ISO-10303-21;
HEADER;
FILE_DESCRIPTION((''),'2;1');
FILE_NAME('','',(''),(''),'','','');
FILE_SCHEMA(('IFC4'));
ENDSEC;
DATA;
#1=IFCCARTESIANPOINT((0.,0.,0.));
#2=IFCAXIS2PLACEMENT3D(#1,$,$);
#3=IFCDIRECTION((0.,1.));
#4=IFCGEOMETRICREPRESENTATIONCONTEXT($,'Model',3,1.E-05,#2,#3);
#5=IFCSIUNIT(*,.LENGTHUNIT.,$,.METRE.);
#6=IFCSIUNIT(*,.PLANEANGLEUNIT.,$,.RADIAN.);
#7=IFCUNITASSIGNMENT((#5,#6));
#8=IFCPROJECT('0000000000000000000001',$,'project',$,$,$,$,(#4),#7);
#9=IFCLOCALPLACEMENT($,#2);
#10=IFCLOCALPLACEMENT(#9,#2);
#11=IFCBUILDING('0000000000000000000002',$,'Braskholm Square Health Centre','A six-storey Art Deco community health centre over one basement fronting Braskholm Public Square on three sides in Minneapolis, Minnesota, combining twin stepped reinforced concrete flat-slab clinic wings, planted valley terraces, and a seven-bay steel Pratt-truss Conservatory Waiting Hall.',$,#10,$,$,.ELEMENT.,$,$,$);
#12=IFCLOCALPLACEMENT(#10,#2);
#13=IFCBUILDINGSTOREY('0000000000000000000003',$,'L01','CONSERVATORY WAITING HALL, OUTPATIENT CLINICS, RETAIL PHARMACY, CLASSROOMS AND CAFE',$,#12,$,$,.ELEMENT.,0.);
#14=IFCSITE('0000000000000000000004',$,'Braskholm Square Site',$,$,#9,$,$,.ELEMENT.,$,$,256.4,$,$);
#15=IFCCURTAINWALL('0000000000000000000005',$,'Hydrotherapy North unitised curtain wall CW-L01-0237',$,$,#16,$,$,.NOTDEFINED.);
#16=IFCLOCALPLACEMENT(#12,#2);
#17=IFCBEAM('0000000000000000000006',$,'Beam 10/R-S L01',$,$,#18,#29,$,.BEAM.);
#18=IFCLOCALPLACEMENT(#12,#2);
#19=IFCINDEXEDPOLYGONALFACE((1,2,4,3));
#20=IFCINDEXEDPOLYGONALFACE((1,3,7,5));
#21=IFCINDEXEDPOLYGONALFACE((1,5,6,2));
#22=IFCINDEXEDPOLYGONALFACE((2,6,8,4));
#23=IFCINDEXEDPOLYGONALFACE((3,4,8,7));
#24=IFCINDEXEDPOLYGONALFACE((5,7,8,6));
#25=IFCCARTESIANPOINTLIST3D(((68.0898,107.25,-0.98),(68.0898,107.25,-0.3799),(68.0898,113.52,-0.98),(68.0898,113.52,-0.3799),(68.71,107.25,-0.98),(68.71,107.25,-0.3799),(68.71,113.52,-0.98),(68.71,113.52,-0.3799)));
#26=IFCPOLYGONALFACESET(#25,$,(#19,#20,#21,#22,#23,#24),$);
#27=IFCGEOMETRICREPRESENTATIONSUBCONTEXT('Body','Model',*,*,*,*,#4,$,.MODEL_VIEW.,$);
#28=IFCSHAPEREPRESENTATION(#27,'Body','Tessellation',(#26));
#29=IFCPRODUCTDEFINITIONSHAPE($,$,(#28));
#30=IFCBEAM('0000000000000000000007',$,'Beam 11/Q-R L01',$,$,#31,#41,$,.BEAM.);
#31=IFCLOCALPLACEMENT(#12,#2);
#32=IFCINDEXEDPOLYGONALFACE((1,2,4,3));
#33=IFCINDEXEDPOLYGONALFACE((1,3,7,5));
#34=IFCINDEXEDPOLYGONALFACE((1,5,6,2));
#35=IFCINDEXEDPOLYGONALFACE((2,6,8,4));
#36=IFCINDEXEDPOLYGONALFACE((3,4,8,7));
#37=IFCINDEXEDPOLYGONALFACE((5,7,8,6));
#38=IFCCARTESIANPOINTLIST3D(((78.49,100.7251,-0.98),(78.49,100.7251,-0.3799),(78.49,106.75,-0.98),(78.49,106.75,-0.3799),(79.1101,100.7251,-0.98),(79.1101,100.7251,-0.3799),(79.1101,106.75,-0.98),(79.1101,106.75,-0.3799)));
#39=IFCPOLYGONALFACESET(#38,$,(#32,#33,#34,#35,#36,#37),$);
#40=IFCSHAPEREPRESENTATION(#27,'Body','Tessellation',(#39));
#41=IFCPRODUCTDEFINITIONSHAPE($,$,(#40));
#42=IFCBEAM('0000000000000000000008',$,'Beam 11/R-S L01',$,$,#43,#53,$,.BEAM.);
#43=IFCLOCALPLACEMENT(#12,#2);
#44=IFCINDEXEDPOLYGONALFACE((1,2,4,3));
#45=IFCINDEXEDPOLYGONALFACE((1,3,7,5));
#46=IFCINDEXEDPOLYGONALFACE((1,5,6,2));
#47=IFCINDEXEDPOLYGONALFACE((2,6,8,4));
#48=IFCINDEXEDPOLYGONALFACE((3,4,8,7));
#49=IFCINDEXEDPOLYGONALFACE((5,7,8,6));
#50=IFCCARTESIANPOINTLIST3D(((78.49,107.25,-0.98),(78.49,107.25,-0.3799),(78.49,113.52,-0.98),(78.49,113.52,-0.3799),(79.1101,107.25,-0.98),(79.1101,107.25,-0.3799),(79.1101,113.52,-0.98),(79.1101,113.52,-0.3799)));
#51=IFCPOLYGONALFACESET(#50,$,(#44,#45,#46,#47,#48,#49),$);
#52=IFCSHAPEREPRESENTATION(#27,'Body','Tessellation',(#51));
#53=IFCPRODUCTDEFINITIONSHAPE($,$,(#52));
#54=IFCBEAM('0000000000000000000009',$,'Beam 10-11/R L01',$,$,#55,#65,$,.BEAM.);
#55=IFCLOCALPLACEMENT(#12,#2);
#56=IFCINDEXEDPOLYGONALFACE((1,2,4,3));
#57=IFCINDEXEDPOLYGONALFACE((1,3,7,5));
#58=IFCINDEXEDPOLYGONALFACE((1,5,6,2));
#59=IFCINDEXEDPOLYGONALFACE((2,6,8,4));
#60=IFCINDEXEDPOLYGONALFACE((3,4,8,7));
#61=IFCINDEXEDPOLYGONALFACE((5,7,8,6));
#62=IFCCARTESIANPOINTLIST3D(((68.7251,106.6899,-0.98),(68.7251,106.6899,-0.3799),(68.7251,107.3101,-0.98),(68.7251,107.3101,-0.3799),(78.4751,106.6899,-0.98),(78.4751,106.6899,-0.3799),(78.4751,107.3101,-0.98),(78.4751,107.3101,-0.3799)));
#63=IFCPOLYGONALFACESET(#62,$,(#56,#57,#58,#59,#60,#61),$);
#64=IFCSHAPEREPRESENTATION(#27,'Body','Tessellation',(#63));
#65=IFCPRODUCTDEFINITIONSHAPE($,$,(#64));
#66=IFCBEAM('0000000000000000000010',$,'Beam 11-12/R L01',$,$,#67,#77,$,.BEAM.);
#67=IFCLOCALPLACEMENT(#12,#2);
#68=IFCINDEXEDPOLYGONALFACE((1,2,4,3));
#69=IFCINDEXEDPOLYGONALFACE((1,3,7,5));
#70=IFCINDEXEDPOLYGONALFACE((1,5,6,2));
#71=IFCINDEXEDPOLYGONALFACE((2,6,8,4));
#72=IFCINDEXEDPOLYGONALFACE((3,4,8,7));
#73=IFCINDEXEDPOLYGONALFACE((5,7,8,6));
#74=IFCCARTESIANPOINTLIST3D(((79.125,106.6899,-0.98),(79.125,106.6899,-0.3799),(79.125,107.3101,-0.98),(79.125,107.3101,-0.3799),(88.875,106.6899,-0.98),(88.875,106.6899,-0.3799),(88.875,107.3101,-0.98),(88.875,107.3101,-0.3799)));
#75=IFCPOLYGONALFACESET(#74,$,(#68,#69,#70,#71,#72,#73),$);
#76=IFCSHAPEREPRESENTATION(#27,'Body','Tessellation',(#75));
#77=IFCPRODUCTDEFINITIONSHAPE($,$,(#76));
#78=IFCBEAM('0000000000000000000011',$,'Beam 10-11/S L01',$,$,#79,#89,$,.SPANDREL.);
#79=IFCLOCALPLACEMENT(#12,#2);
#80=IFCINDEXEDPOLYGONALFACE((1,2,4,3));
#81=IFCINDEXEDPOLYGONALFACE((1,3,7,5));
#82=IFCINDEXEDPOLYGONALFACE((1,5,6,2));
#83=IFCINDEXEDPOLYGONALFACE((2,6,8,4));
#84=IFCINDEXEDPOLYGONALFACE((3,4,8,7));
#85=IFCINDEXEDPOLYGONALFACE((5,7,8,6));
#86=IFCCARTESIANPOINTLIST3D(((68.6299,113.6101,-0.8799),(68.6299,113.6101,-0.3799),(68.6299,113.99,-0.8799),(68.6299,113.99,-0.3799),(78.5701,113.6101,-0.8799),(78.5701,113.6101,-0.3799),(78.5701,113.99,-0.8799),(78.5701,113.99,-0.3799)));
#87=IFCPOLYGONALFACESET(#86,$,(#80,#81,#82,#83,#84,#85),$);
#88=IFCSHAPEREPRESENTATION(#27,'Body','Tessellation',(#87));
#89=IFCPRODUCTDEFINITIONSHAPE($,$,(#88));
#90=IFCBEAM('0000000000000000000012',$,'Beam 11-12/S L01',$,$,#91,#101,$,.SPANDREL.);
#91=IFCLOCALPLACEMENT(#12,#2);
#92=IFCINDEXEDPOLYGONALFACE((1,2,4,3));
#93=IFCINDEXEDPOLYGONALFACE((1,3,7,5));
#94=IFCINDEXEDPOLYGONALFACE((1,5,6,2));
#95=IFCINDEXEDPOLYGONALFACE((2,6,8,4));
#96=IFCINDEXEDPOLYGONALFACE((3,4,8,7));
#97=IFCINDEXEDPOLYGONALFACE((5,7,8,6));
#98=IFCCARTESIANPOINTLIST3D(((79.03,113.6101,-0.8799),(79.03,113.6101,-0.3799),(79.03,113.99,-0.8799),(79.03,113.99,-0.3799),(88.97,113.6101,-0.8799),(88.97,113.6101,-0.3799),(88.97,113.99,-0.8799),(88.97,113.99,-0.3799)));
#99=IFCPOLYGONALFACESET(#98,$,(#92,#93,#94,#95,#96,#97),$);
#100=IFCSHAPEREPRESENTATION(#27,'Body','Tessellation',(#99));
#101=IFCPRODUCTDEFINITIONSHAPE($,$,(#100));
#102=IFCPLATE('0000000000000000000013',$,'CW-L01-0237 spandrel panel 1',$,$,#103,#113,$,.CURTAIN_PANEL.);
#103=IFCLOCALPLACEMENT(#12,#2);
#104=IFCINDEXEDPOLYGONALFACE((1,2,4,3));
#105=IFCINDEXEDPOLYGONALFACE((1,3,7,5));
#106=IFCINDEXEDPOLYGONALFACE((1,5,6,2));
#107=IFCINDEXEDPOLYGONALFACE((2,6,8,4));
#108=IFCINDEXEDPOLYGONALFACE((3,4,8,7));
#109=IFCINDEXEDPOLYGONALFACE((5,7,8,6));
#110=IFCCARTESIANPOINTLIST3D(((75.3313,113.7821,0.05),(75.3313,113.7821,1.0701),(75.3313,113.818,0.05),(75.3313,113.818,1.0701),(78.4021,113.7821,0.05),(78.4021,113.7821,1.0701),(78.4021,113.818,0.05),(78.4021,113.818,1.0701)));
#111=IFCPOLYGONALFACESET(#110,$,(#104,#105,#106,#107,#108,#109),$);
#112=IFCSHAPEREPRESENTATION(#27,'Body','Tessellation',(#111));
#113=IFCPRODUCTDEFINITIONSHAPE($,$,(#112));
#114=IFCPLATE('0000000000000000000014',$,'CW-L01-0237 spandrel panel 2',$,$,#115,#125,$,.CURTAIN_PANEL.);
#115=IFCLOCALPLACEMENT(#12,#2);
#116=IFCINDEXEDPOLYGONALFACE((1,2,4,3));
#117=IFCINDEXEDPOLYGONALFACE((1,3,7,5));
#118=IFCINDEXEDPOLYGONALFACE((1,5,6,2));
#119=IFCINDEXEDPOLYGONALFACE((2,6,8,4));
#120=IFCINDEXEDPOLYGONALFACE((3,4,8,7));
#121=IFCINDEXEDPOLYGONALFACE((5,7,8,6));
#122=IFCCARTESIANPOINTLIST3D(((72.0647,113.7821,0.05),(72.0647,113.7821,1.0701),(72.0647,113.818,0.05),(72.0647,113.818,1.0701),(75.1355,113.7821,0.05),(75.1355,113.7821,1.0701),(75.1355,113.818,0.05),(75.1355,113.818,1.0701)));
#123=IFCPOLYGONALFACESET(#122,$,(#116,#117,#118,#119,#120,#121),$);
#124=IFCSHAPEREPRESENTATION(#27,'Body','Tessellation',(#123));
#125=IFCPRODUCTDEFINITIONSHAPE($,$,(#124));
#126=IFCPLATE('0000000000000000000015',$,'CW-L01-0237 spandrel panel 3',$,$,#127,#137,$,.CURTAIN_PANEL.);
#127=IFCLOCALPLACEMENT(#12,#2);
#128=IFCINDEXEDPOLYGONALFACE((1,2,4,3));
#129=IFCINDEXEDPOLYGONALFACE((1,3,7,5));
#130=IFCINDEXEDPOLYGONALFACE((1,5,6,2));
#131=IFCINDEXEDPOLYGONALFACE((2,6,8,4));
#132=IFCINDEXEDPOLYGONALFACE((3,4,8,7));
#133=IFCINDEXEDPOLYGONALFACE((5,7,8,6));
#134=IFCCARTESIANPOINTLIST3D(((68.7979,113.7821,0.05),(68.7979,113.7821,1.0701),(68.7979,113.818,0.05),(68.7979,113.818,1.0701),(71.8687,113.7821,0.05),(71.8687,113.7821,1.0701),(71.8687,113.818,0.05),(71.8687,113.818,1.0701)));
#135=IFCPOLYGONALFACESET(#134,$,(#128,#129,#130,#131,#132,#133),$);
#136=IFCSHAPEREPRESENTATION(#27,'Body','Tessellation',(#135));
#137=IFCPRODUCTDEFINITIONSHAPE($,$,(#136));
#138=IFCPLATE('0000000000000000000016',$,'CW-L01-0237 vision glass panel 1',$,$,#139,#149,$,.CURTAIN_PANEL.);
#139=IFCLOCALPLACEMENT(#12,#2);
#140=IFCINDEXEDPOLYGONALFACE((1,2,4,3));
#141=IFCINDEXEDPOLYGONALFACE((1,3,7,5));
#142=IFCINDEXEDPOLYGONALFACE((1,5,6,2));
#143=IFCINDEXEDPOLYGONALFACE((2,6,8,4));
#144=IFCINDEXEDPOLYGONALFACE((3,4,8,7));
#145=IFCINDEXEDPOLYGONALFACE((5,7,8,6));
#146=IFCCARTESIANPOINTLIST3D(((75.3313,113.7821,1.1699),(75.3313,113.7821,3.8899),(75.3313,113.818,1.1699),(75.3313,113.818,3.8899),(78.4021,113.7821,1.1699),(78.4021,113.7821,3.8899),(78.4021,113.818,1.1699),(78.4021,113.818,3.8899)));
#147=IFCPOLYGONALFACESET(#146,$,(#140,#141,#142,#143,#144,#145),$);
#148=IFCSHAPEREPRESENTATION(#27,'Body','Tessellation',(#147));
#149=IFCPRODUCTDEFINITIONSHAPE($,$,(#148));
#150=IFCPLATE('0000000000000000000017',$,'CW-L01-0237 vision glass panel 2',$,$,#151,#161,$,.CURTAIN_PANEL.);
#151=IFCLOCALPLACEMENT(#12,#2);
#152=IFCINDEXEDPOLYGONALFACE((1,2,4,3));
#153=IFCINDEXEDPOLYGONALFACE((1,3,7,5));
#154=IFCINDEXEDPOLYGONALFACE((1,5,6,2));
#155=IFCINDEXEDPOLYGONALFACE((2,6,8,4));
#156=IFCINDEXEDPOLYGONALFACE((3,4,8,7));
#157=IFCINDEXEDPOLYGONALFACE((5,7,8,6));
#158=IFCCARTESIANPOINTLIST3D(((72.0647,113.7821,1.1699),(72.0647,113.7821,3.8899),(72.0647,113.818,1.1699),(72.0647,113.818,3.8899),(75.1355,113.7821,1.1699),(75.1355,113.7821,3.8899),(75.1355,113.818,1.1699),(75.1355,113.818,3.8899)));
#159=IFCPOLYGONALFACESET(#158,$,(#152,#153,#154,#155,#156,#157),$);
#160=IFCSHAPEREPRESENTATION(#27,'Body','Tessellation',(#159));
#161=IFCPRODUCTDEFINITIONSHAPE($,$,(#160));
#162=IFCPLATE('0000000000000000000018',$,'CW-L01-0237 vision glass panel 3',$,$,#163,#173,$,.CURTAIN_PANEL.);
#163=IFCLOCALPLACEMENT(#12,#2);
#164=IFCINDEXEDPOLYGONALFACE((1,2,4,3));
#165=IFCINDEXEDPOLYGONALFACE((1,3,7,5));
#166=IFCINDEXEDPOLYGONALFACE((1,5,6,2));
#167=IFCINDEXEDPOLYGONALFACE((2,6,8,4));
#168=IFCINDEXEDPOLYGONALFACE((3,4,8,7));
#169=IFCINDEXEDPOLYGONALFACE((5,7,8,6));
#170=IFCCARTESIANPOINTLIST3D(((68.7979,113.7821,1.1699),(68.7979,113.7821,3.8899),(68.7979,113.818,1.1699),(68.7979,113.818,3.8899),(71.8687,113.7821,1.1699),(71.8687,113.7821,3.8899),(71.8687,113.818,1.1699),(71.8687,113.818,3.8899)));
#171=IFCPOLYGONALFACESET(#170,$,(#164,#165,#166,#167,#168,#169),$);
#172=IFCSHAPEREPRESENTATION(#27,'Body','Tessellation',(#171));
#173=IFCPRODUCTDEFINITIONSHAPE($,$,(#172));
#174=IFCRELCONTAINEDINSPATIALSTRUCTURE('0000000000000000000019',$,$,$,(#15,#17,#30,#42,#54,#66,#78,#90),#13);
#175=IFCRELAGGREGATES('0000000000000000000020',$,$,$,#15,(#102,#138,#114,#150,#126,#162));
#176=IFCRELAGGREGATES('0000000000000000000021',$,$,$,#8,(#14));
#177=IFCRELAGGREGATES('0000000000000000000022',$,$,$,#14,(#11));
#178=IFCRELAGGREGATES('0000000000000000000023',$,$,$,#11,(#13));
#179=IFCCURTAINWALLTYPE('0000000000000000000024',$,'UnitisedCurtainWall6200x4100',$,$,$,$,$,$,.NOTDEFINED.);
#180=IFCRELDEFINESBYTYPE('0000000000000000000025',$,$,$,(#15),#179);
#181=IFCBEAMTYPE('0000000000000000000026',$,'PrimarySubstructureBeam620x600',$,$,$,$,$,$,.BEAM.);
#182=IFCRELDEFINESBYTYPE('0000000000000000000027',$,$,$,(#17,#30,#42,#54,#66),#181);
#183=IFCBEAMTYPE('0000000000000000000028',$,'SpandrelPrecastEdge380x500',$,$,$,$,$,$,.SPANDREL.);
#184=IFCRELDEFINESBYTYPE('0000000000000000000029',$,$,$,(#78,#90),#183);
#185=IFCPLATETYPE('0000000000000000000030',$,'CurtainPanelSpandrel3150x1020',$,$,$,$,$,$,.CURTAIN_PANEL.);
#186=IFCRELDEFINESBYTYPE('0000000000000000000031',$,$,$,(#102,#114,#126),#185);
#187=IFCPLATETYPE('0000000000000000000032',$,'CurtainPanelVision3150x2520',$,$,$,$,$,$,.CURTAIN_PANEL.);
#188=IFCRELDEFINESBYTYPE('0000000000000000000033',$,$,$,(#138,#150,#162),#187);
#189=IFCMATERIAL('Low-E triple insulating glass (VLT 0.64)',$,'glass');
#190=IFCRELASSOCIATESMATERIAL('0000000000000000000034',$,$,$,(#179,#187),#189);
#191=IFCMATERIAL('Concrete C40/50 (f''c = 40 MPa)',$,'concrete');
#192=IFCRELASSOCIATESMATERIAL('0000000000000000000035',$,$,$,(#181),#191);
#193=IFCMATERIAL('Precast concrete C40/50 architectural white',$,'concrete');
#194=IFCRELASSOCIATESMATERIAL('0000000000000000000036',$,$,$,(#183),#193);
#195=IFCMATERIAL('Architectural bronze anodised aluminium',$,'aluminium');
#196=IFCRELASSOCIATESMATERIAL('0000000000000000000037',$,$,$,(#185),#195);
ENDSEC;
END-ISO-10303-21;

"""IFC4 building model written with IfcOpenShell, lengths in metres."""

from ifc_helpers import new_model, si_unit, direction, frame, origin, origin_2d, place, context, subcontext, project, spatial, rectangle, extrude, material, material_profile, profile_set, type_object, element, aggregate, save


model = new_model("IFC4")

# Units and contexts
model_context = context("Model", 3, precision=1e-05, world=origin(), true_north=direction((0.0, 1.0)))
body_context = subcontext(model_context, "Body", "Model", "MODEL_VIEW")
ifc_project = project(units=[si_unit("LENGTHUNIT", "METRE"), si_unit("PLANEANGLEUNIT", "RADIAN")], contexts=[model_context])

# Site, building, storey
site_placement = place(None, origin())
site = spatial("IfcSite", under=ifc_project, at=site_placement, Name="Braskholm Square Site", CompositionType="ELEMENT", RefElevation=256.4)
building_placement = place(site_placement, origin())
building = spatial("IfcBuilding", under=site, at=building_placement, Name="Braskholm Square Health Centre", Description="A six-storey Art Deco community health centre over one basement fronting Braskholm Public Square on three sides in Minneapolis, Minnesota, combining twin stepped reinforced concrete flat-slab clinic wings, planted valley terraces, and a seven-bay steel Pratt-truss Conservatory Waiting Hall.", CompositionType="ELEMENT")
storey_placement = place(building_placement, origin())
storey = spatial("IfcBuildingStorey", under=building, at=storey_placement, Name="L01", Description="CONSERVATORY WAITING HALL, OUTPATIENT CLINICS, RETAIL PHARMACY, CLASSROOMS AND CAFE", CompositionType="ELEMENT", Elevation=0.0)

# Shared definitions
ifc_material_1 = material(Name="Concrete C40/50 (f'c = 40 MPa)", Category="concrete")
ifc_material_2 = material(Name="Precast concrete C40/50 architectural white", Category="concrete")

# Curtain wall
ifc_material_3 = material(Name="Low-E triple insulating glass (VLT 0.64)", Category="glass")
curtain_wall_type = type_object("IfcCurtainWallType", Name="UnitisedCurtainWall6200x4100", PredefinedType="NOTDEFINED", material=ifc_material_3)
curtain_wall_placement = place(storey_placement, origin())
curtain_wall = element("IfcCurtainWall", 1, at=curtain_wall_placement, inside=storey, type_object=curtain_wall_type, Name="Hydrotherapy North unitised curtain wall CW-L01-0237", PredefinedType="NOTDEFINED")
ifc_material_4 = material(Name="Architectural bronze anodised aluminium", Category="aluminium")

# Beams
ifc_material_profile_1 = material_profile(ifc_material_1, rectangle(XDim=0.6201, YDim=0.6001, at=origin_2d()), Name="RCB-620X600")
ifc_profile_set_1 = profile_set([ifc_material_profile_1], Name="Concrete C40/50 (f'c = 40 MPa)")
beam_type_1 = type_object("IfcBeamType", Name="PrimarySubstructureBeam620x600", PredefinedType="BEAM", material=ifc_profile_set_1)
beam_1_placement = place(storey_placement, frame((68.3999, 107.25, -0.6799), z_axis=(0.0, 1.0, 0.0), x_axis=(-1.0, 0.0, 0.0)))
element("IfcBeam", 2, at=beam_1_placement, inside=storey, type_object=beam_type_1, Name="Beam 10/R-S L01", PredefinedType="BEAM", context=body_context, shape_type="SweptSolid", body=[
    extrude(rectangle(XDim=0.6201, YDim=0.6001, at=origin_2d()), origin(), (0.0, 0.0, 1.0), 6.27),
])
beam_2_placement = place(storey_placement, frame((78.8, 100.7251, -0.6799), z_axis=(0.0, 1.0, 0.0), x_axis=(-1.0, 0.0, 0.0)))
element("IfcBeam", 3, at=beam_2_placement, inside=storey, type_object=beam_type_1, Name="Beam 11/Q-R L01", PredefinedType="BEAM", context=body_context, shape_type="SweptSolid", body=[
    extrude(rectangle(XDim=0.6201, YDim=0.6001, at=origin_2d()), origin(), (0.0, 0.0, 1.0), 6.0249),
])
beam_3_placement = place(storey_placement, frame((78.8, 107.25, -0.6799), z_axis=(0.0, 1.0, 0.0), x_axis=(-1.0, 0.0, 0.0)))
element("IfcBeam", 4, at=beam_3_placement, inside=storey, type_object=beam_type_1, Name="Beam 11/R-S L01", PredefinedType="BEAM", context=body_context, shape_type="SweptSolid", body=[
    extrude(rectangle(XDim=0.6201, YDim=0.6001, at=origin_2d()), origin(), (0.0, 0.0, 1.0), 6.27),
])
for number, where, z_axis, x_axis, name in (
    (5, (68.7251, 107.0, -0.6799), (1.0, 0.0, 0.0), (0.0, 1.0, 0.0), "Beam 10-11/R L01"),
    (6, (79.125, 107.0, -0.6799), (1.0, 0.0, 0.0), (0.0, 1.0, 0.0), "Beam 11-12/R L01"),
):
    element("IfcBeam", number, at=place(storey_placement, frame(where, z_axis=z_axis, x_axis=x_axis)), inside=storey, type_object=beam_type_1, Name=name, PredefinedType="BEAM", context=body_context, shape_type="SweptSolid", body=[
        extrude(rectangle(XDim=0.6201, YDim=0.6001, at=origin_2d()), origin(), (0.0, 0.0, 1.0), 9.75),
    ])
ifc_material_profile_2 = material_profile(ifc_material_2, rectangle(XDim=0.3799, YDim=0.5, at=origin_2d()), Name="RCB-380X500")
ifc_profile_set_2 = profile_set([ifc_material_profile_2], Name="Precast concrete C40/50 architectural white")
beam_type_2 = type_object("IfcBeamType", Name="SpandrelPrecastEdge380x500", PredefinedType="SPANDREL", material=ifc_profile_set_2)
beam_4_placement = place(storey_placement, frame((68.6299, 113.8, -0.6299), z_axis=(1.0, 0.0, 0.0), x_axis=(0.0, 1.0, 0.0)))
element("IfcBeam", 7, at=beam_4_placement, inside=storey, type_object=beam_type_2, Name="Beam 10-11/S L01", PredefinedType="SPANDREL", context=body_context, shape_type="SweptSolid", body=[
    extrude(rectangle(XDim=0.3799, YDim=0.5, at=origin_2d()), origin(), (0.0, 0.0, 1.0), 9.9402),
])
beam_5_placement = place(storey_placement, frame((79.03, 113.8, -0.6299), z_axis=(1.0, 0.0, 0.0), x_axis=(0.0, 1.0, 0.0)))
element("IfcBeam", 8, at=beam_5_placement, inside=storey, type_object=beam_type_2, Name="Beam 11-12/S L01", PredefinedType="SPANDREL", context=body_context, shape_type="SweptSolid", body=[
    extrude(rectangle(XDim=0.3799, YDim=0.5, at=origin_2d()), origin(), (0.0, 0.0, 1.0), 9.9399),
])

# Plates
plate_type_1 = type_object("IfcPlateType", Name="CurtainPanelSpandrel3150x1020", PredefinedType="CURTAIN_PANEL", material=ifc_material_4)
plate_1_placement = place(storey_placement, frame((76.8667, 113.8, 0.05), z_axis=(0.0, 0.0, 1.0), x_axis=(-1.0, 0.0, 0.0)))
plate_1 = element("IfcPlate", 9, at=plate_1_placement, type_object=plate_type_1, Name="CW-L01-0237 spandrel panel 1", PredefinedType="CURTAIN_PANEL", context=body_context, shape_type="SweptSolid", body=[
    extrude(rectangle(XDim=3.0708, YDim=0.0359, at=origin_2d()), origin(), (0.0, 0.0, 1.0), 1.02),
])
plate_2_placement = place(storey_placement, frame((73.6001, 113.8, 0.05), z_axis=(0.0, 0.0, 1.0), x_axis=(-1.0, 0.0, 0.0)))
plate_2 = element("IfcPlate", 10, at=plate_2_placement, type_object=plate_type_1, Name="CW-L01-0237 spandrel panel 2", PredefinedType="CURTAIN_PANEL", context=body_context, shape_type="SweptSolid", body=[
    extrude(rectangle(XDim=3.0708, YDim=0.0359, at=origin_2d()), origin(), (0.0, 0.0, 1.0), 1.02),
])
plate_3_placement = place(storey_placement, frame((70.3333, 113.8, 0.05), z_axis=(0.0, 0.0, 1.0), x_axis=(-1.0, 0.0, 0.0)))
plate_3 = element("IfcPlate", 11, at=plate_3_placement, type_object=plate_type_1, Name="CW-L01-0237 spandrel panel 3", PredefinedType="CURTAIN_PANEL", context=body_context, shape_type="SweptSolid", body=[
    extrude(rectangle(XDim=3.0708, YDim=0.0359, at=origin_2d()), origin(), (0.0, 0.0, 1.0), 1.02),
])
plate_type_2 = type_object("IfcPlateType", Name="CurtainPanelVision3150x2520", PredefinedType="CURTAIN_PANEL", material=ifc_material_3)
plate_4_placement = place(storey_placement, frame((76.8667, 113.8, 1.1699), z_axis=(0.0, 0.0, 1.0), x_axis=(-1.0, 0.0, 0.0)))
plate_4 = element("IfcPlate", 12, at=plate_4_placement, type_object=plate_type_2, Name="CW-L01-0237 vision glass panel 1", PredefinedType="CURTAIN_PANEL", context=body_context, shape_type="SweptSolid", body=[
    extrude(rectangle(XDim=3.0708, YDim=0.0359, at=origin_2d()), origin(), (0.0, 0.0, 1.0), 2.72),
])
plate_5_placement = place(storey_placement, frame((73.6001, 113.8, 1.1699), z_axis=(0.0, 0.0, 1.0), x_axis=(-1.0, 0.0, 0.0)))
plate_5 = element("IfcPlate", 13, at=plate_5_placement, type_object=plate_type_2, Name="CW-L01-0237 vision glass panel 2", PredefinedType="CURTAIN_PANEL", context=body_context, shape_type="SweptSolid", body=[
    extrude(rectangle(XDim=3.0708, YDim=0.0359, at=origin_2d()), origin(), (0.0, 0.0, 1.0), 2.72),
])
plate_6_placement = place(storey_placement, frame((70.3333, 113.8, 1.1699), z_axis=(0.0, 0.0, 1.0), x_axis=(-1.0, 0.0, 0.0)))
plate_6 = element("IfcPlate", 14, at=plate_6_placement, type_object=plate_type_2, Name="CW-L01-0237 vision glass panel 3", PredefinedType="CURTAIN_PANEL", context=body_context, shape_type="SweptSolid", body=[
    extrude(rectangle(XDim=3.0708, YDim=0.0359, at=origin_2d()), origin(), (0.0, 0.0, 1.0), 2.72),
])
aggregate(curtain_wall, [plate_1, plate_4, plate_2, plate_5, plate_3, plate_6])

save(model, "model.ifc")
